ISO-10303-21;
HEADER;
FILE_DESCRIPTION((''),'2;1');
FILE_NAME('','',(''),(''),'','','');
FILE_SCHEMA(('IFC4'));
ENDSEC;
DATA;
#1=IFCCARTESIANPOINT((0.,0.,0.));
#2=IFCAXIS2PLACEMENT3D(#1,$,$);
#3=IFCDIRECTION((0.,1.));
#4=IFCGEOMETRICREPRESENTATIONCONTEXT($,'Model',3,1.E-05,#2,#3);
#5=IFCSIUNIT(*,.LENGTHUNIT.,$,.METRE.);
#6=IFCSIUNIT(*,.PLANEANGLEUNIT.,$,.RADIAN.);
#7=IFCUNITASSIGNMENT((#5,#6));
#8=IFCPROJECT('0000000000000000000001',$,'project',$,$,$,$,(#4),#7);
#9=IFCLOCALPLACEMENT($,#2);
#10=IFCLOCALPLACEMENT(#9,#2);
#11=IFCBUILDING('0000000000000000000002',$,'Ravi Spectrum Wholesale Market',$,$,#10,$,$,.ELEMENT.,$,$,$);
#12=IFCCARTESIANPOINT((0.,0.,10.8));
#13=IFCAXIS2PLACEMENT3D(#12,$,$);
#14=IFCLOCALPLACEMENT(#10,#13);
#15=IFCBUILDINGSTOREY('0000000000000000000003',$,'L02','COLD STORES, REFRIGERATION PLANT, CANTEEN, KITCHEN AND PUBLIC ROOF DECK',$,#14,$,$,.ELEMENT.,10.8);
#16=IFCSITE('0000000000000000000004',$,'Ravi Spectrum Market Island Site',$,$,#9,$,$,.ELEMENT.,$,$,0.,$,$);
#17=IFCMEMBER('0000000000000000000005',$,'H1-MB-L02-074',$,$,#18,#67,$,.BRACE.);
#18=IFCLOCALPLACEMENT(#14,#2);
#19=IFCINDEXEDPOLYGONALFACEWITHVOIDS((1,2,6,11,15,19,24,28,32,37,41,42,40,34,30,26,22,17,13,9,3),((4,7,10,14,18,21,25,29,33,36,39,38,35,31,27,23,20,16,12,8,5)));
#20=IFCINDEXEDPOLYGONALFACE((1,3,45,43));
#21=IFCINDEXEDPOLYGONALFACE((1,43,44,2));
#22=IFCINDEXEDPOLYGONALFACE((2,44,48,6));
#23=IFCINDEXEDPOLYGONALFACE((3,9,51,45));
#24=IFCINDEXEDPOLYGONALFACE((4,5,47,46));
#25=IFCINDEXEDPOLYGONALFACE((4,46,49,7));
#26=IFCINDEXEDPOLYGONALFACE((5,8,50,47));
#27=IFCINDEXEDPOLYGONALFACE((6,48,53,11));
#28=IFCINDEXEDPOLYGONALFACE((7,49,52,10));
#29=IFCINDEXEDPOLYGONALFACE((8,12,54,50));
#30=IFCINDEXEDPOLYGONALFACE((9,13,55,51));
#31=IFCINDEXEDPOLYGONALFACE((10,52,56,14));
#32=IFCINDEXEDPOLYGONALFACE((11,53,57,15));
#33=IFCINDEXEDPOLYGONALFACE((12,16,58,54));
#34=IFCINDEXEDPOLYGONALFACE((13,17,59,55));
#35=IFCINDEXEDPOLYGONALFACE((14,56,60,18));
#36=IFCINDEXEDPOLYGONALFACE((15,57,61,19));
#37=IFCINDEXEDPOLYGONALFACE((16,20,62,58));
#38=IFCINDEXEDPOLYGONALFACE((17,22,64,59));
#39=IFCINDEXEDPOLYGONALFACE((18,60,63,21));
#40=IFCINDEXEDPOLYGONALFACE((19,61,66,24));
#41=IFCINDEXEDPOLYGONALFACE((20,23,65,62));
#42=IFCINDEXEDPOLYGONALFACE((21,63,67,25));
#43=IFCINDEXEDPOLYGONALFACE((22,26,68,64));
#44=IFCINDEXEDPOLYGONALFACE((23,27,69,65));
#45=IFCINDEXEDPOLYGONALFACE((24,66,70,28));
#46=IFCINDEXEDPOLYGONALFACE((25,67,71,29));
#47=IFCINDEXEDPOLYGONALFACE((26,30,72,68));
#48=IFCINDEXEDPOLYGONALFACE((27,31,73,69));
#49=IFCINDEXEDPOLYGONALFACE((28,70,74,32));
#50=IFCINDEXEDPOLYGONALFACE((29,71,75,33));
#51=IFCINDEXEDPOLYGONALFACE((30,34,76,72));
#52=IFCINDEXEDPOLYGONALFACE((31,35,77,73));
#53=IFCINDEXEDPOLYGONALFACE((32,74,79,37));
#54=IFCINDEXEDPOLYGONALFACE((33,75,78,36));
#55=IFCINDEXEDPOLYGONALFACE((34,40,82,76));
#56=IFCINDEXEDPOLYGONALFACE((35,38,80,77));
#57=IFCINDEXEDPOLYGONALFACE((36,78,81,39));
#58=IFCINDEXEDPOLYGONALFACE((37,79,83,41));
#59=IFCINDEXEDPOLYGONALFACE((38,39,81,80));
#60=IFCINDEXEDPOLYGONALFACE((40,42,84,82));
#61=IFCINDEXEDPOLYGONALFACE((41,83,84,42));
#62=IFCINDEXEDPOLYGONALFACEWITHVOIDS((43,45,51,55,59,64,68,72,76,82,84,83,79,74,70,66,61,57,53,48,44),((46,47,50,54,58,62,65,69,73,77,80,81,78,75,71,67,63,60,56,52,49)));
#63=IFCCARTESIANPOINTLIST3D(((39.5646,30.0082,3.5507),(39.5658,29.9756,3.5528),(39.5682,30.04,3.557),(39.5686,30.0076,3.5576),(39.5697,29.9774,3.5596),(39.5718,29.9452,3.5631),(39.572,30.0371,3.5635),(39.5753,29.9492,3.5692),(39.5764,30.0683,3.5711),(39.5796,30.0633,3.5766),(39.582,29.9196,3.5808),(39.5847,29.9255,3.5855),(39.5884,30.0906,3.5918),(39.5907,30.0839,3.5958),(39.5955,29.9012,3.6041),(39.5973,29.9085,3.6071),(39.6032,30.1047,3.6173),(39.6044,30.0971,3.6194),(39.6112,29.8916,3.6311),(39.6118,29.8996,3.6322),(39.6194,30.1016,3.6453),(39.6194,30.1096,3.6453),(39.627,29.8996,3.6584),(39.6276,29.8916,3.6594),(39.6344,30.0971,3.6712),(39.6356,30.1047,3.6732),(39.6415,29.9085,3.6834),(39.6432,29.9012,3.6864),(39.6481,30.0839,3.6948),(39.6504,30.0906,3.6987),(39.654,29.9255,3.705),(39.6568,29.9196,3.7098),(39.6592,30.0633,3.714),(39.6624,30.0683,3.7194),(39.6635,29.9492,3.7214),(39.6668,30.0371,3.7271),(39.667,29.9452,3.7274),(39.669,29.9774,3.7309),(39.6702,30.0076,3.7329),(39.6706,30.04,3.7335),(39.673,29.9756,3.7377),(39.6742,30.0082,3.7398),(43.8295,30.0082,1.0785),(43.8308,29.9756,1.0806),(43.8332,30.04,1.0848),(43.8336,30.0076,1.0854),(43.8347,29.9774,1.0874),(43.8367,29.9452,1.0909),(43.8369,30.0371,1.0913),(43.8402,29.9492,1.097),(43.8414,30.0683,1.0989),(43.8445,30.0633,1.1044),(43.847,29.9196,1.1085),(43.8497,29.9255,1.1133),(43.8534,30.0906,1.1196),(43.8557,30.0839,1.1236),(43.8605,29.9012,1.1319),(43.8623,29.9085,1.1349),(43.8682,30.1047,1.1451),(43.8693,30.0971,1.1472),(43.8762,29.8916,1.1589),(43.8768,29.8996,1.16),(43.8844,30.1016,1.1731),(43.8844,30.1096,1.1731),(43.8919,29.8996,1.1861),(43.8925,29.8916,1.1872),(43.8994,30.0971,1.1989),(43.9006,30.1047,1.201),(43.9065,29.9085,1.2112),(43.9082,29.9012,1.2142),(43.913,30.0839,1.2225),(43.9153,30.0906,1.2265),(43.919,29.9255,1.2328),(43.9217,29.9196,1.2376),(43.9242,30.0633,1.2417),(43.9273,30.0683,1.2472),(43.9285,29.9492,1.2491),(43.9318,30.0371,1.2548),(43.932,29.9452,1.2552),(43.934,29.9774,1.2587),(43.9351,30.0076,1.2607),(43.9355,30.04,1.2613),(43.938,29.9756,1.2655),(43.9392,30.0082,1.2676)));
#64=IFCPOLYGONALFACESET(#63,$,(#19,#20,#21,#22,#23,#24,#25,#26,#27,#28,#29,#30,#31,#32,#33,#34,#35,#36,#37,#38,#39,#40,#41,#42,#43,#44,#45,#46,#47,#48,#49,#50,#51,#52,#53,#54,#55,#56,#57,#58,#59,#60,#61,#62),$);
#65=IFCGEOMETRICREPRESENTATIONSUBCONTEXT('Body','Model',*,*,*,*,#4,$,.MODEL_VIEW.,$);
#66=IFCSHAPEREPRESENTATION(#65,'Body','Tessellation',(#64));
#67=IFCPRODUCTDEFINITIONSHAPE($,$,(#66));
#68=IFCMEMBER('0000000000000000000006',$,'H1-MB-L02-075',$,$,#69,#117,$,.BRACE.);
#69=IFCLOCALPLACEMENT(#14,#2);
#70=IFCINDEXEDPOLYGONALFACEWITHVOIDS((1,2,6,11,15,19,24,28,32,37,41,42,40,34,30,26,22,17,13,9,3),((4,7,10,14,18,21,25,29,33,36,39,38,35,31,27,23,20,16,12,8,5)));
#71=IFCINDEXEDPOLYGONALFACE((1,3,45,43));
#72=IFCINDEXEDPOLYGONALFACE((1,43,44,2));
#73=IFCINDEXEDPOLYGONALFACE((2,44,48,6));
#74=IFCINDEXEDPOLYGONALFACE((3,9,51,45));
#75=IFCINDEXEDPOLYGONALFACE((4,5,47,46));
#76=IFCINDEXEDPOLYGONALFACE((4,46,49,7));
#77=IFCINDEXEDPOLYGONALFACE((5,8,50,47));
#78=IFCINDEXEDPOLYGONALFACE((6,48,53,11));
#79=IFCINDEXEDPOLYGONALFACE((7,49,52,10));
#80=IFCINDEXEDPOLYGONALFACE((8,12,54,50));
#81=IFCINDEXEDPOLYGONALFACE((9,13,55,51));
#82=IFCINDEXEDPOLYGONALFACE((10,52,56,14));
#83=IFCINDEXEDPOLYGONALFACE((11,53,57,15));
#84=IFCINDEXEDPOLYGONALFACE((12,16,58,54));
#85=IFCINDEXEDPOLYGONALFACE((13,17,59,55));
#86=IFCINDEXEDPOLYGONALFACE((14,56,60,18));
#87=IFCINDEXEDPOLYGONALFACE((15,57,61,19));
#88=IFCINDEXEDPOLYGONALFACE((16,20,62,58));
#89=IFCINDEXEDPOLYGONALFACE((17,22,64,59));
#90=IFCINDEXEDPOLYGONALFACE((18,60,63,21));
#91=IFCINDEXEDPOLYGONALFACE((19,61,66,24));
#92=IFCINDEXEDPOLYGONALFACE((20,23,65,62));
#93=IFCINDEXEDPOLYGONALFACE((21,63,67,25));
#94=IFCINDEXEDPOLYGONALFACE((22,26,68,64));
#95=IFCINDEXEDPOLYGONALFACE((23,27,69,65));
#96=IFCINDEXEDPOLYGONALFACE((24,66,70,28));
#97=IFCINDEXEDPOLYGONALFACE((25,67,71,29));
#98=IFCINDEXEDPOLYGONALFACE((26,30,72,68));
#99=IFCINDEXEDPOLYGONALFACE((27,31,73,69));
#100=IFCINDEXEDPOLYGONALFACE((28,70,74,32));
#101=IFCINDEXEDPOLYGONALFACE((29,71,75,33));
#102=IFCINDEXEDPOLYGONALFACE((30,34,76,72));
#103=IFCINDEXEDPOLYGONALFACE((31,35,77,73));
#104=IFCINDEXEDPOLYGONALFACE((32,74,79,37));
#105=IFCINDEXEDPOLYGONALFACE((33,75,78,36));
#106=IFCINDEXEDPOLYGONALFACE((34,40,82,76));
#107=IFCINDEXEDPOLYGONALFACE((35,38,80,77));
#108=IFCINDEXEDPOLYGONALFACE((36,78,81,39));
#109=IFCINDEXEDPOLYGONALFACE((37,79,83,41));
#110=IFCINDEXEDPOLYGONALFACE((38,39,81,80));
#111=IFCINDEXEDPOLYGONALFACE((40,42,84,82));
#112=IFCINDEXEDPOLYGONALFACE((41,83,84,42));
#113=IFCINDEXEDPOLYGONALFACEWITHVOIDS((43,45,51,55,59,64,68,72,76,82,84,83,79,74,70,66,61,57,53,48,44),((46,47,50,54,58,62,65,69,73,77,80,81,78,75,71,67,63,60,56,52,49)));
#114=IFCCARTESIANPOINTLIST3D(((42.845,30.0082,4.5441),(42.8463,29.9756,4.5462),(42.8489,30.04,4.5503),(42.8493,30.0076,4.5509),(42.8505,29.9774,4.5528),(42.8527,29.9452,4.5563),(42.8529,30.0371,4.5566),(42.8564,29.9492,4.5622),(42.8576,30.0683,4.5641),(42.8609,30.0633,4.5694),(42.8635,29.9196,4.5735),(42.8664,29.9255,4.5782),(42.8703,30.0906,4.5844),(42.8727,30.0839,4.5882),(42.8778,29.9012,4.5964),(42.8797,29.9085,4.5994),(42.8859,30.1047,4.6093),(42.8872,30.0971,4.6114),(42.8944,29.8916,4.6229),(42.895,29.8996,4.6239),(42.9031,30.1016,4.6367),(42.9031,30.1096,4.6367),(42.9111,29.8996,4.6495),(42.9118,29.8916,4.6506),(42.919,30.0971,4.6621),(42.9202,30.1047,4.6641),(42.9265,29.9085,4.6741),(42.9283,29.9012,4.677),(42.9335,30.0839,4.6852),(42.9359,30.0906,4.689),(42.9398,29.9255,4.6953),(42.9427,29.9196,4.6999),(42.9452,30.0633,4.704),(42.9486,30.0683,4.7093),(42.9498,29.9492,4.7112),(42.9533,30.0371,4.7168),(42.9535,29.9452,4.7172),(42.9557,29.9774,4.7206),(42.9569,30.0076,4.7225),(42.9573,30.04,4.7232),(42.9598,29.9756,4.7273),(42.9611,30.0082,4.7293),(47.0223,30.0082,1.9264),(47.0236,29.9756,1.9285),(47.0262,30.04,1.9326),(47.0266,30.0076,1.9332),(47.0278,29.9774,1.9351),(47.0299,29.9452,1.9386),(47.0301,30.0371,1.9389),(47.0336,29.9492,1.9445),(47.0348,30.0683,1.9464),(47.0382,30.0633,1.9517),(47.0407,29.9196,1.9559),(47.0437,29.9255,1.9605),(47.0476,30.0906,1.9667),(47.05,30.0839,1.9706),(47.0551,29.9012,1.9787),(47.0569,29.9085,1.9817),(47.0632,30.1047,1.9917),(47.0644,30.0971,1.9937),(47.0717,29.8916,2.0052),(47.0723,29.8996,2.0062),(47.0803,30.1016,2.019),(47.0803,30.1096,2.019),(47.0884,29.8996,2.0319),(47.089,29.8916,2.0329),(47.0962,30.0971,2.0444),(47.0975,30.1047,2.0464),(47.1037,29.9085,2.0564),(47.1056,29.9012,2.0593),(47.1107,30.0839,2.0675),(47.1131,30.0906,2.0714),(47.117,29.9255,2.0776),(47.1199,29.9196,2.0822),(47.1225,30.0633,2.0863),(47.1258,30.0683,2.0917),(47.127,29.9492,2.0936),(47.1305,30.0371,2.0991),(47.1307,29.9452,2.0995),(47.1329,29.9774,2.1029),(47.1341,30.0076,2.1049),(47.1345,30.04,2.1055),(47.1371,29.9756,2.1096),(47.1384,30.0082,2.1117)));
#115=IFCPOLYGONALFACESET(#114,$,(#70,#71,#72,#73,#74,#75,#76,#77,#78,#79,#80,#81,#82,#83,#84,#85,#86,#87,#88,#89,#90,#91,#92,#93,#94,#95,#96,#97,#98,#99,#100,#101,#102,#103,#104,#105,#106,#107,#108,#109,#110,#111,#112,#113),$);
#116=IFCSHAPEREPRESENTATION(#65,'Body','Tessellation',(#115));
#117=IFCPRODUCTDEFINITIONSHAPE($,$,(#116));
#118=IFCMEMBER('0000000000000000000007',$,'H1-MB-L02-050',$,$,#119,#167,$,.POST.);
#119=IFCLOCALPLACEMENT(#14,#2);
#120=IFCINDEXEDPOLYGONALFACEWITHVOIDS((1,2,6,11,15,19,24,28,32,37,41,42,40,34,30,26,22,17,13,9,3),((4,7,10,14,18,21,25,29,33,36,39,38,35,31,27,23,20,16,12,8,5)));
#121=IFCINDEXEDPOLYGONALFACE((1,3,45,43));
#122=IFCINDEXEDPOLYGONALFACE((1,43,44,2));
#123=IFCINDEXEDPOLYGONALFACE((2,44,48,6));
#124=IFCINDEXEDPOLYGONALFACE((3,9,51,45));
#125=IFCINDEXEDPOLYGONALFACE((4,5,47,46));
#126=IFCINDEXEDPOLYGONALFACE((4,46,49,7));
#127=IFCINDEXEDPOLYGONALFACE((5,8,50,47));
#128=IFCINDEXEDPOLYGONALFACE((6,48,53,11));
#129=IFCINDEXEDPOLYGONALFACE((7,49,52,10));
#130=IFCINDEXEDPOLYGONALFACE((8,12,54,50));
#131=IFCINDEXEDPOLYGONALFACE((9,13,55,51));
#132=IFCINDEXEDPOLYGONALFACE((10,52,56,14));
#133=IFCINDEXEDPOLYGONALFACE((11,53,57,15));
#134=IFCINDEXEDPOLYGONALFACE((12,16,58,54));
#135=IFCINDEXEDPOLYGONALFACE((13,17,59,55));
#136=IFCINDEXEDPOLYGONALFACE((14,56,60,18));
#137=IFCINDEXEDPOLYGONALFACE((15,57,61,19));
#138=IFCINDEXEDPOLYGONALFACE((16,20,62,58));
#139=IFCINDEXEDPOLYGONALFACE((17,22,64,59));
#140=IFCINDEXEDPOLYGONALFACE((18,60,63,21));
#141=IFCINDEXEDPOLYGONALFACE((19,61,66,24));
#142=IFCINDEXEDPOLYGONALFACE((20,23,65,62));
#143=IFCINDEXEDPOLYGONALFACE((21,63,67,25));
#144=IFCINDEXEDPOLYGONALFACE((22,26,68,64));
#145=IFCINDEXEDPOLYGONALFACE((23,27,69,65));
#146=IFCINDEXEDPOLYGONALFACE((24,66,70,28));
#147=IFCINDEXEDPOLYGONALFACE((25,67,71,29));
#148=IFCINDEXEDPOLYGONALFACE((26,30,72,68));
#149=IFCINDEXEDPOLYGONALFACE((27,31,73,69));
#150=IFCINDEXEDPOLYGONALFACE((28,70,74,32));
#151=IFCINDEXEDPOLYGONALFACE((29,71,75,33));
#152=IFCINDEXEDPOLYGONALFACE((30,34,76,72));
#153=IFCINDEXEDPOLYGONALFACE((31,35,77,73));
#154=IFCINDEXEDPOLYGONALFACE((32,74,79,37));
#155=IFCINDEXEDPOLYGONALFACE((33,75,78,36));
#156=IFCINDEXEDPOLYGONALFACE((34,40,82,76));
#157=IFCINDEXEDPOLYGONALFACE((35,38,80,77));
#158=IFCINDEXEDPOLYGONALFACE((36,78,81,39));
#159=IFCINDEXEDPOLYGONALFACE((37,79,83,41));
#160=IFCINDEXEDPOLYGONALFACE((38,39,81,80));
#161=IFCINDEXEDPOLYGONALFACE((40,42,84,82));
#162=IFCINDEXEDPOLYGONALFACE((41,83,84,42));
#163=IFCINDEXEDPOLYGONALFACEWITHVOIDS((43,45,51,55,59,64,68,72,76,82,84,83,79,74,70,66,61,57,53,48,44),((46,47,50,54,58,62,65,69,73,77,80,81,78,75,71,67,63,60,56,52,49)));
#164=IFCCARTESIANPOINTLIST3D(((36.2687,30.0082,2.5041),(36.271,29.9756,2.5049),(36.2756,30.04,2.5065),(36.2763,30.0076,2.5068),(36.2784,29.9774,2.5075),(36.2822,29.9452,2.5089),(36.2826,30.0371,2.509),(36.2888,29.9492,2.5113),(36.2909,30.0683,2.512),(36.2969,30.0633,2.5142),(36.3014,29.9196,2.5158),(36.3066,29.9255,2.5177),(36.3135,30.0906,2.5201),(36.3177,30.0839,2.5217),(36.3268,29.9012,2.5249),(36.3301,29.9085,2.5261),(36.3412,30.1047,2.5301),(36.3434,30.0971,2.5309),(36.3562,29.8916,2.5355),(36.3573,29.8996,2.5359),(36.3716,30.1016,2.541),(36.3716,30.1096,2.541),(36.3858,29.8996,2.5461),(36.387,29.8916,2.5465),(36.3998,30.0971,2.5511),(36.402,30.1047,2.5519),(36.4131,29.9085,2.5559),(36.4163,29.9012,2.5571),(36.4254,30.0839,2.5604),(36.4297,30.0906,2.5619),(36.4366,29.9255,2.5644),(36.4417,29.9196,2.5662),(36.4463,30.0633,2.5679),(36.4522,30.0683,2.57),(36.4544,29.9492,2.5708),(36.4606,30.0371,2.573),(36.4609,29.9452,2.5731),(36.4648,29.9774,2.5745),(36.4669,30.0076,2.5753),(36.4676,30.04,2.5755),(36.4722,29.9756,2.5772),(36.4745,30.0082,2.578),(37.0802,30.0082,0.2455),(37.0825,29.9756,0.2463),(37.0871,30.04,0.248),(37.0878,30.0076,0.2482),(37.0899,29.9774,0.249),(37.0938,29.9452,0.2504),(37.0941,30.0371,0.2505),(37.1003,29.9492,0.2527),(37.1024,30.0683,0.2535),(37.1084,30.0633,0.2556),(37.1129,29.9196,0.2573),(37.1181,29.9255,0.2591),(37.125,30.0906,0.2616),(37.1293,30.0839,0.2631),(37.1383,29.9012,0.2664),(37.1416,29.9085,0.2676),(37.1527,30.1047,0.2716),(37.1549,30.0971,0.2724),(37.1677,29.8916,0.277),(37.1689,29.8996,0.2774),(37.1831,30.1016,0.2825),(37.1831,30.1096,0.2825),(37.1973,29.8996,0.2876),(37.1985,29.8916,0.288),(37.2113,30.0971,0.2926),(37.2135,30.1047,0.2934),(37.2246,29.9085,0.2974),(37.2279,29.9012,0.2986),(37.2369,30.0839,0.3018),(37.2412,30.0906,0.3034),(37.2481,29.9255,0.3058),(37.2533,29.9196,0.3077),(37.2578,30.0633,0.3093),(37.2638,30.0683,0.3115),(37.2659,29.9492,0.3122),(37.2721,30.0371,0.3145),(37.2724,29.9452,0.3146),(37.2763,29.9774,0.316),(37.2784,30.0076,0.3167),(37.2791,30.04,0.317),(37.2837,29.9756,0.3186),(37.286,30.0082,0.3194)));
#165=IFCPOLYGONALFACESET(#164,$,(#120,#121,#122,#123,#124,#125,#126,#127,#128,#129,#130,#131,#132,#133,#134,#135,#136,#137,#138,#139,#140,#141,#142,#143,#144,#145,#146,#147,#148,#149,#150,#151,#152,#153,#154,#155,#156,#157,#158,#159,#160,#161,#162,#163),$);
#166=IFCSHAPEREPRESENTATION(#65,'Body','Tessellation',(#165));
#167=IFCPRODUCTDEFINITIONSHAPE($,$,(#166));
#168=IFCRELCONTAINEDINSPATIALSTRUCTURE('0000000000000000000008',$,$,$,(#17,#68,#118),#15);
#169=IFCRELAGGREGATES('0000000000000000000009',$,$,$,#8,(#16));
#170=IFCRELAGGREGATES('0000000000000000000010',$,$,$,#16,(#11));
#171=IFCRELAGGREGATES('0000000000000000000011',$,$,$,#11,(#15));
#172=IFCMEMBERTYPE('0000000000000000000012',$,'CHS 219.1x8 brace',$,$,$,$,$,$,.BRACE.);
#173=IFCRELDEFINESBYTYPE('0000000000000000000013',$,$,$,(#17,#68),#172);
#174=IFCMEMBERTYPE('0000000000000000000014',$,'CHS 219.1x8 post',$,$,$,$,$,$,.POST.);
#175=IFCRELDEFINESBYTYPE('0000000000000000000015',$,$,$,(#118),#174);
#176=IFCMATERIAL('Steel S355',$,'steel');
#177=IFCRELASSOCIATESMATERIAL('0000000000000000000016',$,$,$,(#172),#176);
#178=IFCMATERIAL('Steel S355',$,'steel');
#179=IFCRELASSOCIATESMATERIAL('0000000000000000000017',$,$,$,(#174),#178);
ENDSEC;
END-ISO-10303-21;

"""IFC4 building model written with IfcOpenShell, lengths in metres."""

from ifc_helpers import new_model, si_unit, direction, frame, origin, origin_2d, place, context, subcontext, project, spatial, hollow_circle, extrude, material, material_profile, profile_set, type_object, element, save


model = new_model("IFC4")

# Units and contexts
model_context = context("Model", 3, precision=1e-05, world=origin(), true_north=direction((0.0, 1.0)))
body_context = subcontext(model_context, "Body", "Model", "MODEL_VIEW")
ifc_project = project(units=[si_unit("LENGTHUNIT", "METRE"), si_unit("PLANEANGLEUNIT", "RADIAN")], contexts=[model_context])

# Site, building, storey
site_placement = place(None, origin())
site = spatial("IfcSite", under=ifc_project, at=site_placement, Name="Ravi Spectrum Market Island Site", CompositionType="ELEMENT", RefElevation=0.0)
building_placement = place(site_placement, origin())
building = spatial("IfcBuilding", under=site, at=building_placement, Name="Ravi Spectrum Wholesale Market", CompositionType="ELEMENT")
storey_placement = place(building_placement, frame((0.0, 0.0, 10.8)))
storey = spatial("IfcBuildingStorey", under=building, at=storey_placement, Name="L02", Description="COLD STORES, REFRIGERATION PLANT, CANTEEN, KITCHEN AND PUBLIC ROOF DECK", CompositionType="ELEMENT", Elevation=10.8)

# Members
ifc_material_1 = material(Name="Steel S355", Category="steel")
ifc_material_profile_1 = material_profile(ifc_material_1, hollow_circle(Radius=0.1096, WallThickness=0.0081, at=origin_2d()))
ifc_profile_set_1 = profile_set([ifc_material_profile_1], Name="Steel S355")
member_type_1 = type_object("IfcMemberType", Name="CHS 219.1x8 brace", PredefinedType="BRACE", material=ifc_profile_set_1)
for number, where, z_axis, x_axis, name in (
    (1, (39.6194, 30.0, 3.6453), (0.865161, 0.0, -0.501495), (0.0, 1.0, 0.0), "H1-MB-L02-074"),
    (2, (42.9031, 30.0, 4.6367), (0.847369, 0.0, -0.531005), (0.0, 1.0, 0.0), "H1-MB-L02-075"),
):
    element("IfcMember", number, at=place(storey_placement, frame(where, z_axis=z_axis, x_axis=x_axis)), inside=storey, type_object=member_type_1, Name=name, PredefinedType="BRACE", context=body_context, shape_type="SweptSolid", body=[
        extrude(hollow_circle(Radius=0.1096, WallThickness=0.0081, at=origin_2d()), origin(), (0.0, 0.0, 1.0), 4.9297),
    ])
ifc_material_2 = material(Name="Steel S355", Category="steel")
ifc_material_profile_2 = material_profile(ifc_material_2, hollow_circle(Radius=0.1096, WallThickness=0.0081, at=origin_2d()))
ifc_profile_set_2 = profile_set([ifc_material_profile_2], Name="Steel S355")
member_type_2 = type_object("IfcMemberType", Name="CHS 219.1x8 post", PredefinedType="POST", material=ifc_profile_set_2)
member_1_placement = place(storey_placement, frame((36.3716, 30.0, 2.541), z_axis=(0.338147, 0.0, -0.941093), x_axis=(0.0, 1.0, 0.0)))
element("IfcMember", 3, at=member_1_placement, inside=storey, type_object=member_type_2, Name="H1-MB-L02-050", PredefinedType="POST", context=body_context, shape_type="SweptSolid", body=[
    extrude(hollow_circle(Radius=0.1096, WallThickness=0.0081, at=origin_2d()), origin(), (0.0, 0.0, 1.0), 2.3999),
])

save(model, "model.ifc")
